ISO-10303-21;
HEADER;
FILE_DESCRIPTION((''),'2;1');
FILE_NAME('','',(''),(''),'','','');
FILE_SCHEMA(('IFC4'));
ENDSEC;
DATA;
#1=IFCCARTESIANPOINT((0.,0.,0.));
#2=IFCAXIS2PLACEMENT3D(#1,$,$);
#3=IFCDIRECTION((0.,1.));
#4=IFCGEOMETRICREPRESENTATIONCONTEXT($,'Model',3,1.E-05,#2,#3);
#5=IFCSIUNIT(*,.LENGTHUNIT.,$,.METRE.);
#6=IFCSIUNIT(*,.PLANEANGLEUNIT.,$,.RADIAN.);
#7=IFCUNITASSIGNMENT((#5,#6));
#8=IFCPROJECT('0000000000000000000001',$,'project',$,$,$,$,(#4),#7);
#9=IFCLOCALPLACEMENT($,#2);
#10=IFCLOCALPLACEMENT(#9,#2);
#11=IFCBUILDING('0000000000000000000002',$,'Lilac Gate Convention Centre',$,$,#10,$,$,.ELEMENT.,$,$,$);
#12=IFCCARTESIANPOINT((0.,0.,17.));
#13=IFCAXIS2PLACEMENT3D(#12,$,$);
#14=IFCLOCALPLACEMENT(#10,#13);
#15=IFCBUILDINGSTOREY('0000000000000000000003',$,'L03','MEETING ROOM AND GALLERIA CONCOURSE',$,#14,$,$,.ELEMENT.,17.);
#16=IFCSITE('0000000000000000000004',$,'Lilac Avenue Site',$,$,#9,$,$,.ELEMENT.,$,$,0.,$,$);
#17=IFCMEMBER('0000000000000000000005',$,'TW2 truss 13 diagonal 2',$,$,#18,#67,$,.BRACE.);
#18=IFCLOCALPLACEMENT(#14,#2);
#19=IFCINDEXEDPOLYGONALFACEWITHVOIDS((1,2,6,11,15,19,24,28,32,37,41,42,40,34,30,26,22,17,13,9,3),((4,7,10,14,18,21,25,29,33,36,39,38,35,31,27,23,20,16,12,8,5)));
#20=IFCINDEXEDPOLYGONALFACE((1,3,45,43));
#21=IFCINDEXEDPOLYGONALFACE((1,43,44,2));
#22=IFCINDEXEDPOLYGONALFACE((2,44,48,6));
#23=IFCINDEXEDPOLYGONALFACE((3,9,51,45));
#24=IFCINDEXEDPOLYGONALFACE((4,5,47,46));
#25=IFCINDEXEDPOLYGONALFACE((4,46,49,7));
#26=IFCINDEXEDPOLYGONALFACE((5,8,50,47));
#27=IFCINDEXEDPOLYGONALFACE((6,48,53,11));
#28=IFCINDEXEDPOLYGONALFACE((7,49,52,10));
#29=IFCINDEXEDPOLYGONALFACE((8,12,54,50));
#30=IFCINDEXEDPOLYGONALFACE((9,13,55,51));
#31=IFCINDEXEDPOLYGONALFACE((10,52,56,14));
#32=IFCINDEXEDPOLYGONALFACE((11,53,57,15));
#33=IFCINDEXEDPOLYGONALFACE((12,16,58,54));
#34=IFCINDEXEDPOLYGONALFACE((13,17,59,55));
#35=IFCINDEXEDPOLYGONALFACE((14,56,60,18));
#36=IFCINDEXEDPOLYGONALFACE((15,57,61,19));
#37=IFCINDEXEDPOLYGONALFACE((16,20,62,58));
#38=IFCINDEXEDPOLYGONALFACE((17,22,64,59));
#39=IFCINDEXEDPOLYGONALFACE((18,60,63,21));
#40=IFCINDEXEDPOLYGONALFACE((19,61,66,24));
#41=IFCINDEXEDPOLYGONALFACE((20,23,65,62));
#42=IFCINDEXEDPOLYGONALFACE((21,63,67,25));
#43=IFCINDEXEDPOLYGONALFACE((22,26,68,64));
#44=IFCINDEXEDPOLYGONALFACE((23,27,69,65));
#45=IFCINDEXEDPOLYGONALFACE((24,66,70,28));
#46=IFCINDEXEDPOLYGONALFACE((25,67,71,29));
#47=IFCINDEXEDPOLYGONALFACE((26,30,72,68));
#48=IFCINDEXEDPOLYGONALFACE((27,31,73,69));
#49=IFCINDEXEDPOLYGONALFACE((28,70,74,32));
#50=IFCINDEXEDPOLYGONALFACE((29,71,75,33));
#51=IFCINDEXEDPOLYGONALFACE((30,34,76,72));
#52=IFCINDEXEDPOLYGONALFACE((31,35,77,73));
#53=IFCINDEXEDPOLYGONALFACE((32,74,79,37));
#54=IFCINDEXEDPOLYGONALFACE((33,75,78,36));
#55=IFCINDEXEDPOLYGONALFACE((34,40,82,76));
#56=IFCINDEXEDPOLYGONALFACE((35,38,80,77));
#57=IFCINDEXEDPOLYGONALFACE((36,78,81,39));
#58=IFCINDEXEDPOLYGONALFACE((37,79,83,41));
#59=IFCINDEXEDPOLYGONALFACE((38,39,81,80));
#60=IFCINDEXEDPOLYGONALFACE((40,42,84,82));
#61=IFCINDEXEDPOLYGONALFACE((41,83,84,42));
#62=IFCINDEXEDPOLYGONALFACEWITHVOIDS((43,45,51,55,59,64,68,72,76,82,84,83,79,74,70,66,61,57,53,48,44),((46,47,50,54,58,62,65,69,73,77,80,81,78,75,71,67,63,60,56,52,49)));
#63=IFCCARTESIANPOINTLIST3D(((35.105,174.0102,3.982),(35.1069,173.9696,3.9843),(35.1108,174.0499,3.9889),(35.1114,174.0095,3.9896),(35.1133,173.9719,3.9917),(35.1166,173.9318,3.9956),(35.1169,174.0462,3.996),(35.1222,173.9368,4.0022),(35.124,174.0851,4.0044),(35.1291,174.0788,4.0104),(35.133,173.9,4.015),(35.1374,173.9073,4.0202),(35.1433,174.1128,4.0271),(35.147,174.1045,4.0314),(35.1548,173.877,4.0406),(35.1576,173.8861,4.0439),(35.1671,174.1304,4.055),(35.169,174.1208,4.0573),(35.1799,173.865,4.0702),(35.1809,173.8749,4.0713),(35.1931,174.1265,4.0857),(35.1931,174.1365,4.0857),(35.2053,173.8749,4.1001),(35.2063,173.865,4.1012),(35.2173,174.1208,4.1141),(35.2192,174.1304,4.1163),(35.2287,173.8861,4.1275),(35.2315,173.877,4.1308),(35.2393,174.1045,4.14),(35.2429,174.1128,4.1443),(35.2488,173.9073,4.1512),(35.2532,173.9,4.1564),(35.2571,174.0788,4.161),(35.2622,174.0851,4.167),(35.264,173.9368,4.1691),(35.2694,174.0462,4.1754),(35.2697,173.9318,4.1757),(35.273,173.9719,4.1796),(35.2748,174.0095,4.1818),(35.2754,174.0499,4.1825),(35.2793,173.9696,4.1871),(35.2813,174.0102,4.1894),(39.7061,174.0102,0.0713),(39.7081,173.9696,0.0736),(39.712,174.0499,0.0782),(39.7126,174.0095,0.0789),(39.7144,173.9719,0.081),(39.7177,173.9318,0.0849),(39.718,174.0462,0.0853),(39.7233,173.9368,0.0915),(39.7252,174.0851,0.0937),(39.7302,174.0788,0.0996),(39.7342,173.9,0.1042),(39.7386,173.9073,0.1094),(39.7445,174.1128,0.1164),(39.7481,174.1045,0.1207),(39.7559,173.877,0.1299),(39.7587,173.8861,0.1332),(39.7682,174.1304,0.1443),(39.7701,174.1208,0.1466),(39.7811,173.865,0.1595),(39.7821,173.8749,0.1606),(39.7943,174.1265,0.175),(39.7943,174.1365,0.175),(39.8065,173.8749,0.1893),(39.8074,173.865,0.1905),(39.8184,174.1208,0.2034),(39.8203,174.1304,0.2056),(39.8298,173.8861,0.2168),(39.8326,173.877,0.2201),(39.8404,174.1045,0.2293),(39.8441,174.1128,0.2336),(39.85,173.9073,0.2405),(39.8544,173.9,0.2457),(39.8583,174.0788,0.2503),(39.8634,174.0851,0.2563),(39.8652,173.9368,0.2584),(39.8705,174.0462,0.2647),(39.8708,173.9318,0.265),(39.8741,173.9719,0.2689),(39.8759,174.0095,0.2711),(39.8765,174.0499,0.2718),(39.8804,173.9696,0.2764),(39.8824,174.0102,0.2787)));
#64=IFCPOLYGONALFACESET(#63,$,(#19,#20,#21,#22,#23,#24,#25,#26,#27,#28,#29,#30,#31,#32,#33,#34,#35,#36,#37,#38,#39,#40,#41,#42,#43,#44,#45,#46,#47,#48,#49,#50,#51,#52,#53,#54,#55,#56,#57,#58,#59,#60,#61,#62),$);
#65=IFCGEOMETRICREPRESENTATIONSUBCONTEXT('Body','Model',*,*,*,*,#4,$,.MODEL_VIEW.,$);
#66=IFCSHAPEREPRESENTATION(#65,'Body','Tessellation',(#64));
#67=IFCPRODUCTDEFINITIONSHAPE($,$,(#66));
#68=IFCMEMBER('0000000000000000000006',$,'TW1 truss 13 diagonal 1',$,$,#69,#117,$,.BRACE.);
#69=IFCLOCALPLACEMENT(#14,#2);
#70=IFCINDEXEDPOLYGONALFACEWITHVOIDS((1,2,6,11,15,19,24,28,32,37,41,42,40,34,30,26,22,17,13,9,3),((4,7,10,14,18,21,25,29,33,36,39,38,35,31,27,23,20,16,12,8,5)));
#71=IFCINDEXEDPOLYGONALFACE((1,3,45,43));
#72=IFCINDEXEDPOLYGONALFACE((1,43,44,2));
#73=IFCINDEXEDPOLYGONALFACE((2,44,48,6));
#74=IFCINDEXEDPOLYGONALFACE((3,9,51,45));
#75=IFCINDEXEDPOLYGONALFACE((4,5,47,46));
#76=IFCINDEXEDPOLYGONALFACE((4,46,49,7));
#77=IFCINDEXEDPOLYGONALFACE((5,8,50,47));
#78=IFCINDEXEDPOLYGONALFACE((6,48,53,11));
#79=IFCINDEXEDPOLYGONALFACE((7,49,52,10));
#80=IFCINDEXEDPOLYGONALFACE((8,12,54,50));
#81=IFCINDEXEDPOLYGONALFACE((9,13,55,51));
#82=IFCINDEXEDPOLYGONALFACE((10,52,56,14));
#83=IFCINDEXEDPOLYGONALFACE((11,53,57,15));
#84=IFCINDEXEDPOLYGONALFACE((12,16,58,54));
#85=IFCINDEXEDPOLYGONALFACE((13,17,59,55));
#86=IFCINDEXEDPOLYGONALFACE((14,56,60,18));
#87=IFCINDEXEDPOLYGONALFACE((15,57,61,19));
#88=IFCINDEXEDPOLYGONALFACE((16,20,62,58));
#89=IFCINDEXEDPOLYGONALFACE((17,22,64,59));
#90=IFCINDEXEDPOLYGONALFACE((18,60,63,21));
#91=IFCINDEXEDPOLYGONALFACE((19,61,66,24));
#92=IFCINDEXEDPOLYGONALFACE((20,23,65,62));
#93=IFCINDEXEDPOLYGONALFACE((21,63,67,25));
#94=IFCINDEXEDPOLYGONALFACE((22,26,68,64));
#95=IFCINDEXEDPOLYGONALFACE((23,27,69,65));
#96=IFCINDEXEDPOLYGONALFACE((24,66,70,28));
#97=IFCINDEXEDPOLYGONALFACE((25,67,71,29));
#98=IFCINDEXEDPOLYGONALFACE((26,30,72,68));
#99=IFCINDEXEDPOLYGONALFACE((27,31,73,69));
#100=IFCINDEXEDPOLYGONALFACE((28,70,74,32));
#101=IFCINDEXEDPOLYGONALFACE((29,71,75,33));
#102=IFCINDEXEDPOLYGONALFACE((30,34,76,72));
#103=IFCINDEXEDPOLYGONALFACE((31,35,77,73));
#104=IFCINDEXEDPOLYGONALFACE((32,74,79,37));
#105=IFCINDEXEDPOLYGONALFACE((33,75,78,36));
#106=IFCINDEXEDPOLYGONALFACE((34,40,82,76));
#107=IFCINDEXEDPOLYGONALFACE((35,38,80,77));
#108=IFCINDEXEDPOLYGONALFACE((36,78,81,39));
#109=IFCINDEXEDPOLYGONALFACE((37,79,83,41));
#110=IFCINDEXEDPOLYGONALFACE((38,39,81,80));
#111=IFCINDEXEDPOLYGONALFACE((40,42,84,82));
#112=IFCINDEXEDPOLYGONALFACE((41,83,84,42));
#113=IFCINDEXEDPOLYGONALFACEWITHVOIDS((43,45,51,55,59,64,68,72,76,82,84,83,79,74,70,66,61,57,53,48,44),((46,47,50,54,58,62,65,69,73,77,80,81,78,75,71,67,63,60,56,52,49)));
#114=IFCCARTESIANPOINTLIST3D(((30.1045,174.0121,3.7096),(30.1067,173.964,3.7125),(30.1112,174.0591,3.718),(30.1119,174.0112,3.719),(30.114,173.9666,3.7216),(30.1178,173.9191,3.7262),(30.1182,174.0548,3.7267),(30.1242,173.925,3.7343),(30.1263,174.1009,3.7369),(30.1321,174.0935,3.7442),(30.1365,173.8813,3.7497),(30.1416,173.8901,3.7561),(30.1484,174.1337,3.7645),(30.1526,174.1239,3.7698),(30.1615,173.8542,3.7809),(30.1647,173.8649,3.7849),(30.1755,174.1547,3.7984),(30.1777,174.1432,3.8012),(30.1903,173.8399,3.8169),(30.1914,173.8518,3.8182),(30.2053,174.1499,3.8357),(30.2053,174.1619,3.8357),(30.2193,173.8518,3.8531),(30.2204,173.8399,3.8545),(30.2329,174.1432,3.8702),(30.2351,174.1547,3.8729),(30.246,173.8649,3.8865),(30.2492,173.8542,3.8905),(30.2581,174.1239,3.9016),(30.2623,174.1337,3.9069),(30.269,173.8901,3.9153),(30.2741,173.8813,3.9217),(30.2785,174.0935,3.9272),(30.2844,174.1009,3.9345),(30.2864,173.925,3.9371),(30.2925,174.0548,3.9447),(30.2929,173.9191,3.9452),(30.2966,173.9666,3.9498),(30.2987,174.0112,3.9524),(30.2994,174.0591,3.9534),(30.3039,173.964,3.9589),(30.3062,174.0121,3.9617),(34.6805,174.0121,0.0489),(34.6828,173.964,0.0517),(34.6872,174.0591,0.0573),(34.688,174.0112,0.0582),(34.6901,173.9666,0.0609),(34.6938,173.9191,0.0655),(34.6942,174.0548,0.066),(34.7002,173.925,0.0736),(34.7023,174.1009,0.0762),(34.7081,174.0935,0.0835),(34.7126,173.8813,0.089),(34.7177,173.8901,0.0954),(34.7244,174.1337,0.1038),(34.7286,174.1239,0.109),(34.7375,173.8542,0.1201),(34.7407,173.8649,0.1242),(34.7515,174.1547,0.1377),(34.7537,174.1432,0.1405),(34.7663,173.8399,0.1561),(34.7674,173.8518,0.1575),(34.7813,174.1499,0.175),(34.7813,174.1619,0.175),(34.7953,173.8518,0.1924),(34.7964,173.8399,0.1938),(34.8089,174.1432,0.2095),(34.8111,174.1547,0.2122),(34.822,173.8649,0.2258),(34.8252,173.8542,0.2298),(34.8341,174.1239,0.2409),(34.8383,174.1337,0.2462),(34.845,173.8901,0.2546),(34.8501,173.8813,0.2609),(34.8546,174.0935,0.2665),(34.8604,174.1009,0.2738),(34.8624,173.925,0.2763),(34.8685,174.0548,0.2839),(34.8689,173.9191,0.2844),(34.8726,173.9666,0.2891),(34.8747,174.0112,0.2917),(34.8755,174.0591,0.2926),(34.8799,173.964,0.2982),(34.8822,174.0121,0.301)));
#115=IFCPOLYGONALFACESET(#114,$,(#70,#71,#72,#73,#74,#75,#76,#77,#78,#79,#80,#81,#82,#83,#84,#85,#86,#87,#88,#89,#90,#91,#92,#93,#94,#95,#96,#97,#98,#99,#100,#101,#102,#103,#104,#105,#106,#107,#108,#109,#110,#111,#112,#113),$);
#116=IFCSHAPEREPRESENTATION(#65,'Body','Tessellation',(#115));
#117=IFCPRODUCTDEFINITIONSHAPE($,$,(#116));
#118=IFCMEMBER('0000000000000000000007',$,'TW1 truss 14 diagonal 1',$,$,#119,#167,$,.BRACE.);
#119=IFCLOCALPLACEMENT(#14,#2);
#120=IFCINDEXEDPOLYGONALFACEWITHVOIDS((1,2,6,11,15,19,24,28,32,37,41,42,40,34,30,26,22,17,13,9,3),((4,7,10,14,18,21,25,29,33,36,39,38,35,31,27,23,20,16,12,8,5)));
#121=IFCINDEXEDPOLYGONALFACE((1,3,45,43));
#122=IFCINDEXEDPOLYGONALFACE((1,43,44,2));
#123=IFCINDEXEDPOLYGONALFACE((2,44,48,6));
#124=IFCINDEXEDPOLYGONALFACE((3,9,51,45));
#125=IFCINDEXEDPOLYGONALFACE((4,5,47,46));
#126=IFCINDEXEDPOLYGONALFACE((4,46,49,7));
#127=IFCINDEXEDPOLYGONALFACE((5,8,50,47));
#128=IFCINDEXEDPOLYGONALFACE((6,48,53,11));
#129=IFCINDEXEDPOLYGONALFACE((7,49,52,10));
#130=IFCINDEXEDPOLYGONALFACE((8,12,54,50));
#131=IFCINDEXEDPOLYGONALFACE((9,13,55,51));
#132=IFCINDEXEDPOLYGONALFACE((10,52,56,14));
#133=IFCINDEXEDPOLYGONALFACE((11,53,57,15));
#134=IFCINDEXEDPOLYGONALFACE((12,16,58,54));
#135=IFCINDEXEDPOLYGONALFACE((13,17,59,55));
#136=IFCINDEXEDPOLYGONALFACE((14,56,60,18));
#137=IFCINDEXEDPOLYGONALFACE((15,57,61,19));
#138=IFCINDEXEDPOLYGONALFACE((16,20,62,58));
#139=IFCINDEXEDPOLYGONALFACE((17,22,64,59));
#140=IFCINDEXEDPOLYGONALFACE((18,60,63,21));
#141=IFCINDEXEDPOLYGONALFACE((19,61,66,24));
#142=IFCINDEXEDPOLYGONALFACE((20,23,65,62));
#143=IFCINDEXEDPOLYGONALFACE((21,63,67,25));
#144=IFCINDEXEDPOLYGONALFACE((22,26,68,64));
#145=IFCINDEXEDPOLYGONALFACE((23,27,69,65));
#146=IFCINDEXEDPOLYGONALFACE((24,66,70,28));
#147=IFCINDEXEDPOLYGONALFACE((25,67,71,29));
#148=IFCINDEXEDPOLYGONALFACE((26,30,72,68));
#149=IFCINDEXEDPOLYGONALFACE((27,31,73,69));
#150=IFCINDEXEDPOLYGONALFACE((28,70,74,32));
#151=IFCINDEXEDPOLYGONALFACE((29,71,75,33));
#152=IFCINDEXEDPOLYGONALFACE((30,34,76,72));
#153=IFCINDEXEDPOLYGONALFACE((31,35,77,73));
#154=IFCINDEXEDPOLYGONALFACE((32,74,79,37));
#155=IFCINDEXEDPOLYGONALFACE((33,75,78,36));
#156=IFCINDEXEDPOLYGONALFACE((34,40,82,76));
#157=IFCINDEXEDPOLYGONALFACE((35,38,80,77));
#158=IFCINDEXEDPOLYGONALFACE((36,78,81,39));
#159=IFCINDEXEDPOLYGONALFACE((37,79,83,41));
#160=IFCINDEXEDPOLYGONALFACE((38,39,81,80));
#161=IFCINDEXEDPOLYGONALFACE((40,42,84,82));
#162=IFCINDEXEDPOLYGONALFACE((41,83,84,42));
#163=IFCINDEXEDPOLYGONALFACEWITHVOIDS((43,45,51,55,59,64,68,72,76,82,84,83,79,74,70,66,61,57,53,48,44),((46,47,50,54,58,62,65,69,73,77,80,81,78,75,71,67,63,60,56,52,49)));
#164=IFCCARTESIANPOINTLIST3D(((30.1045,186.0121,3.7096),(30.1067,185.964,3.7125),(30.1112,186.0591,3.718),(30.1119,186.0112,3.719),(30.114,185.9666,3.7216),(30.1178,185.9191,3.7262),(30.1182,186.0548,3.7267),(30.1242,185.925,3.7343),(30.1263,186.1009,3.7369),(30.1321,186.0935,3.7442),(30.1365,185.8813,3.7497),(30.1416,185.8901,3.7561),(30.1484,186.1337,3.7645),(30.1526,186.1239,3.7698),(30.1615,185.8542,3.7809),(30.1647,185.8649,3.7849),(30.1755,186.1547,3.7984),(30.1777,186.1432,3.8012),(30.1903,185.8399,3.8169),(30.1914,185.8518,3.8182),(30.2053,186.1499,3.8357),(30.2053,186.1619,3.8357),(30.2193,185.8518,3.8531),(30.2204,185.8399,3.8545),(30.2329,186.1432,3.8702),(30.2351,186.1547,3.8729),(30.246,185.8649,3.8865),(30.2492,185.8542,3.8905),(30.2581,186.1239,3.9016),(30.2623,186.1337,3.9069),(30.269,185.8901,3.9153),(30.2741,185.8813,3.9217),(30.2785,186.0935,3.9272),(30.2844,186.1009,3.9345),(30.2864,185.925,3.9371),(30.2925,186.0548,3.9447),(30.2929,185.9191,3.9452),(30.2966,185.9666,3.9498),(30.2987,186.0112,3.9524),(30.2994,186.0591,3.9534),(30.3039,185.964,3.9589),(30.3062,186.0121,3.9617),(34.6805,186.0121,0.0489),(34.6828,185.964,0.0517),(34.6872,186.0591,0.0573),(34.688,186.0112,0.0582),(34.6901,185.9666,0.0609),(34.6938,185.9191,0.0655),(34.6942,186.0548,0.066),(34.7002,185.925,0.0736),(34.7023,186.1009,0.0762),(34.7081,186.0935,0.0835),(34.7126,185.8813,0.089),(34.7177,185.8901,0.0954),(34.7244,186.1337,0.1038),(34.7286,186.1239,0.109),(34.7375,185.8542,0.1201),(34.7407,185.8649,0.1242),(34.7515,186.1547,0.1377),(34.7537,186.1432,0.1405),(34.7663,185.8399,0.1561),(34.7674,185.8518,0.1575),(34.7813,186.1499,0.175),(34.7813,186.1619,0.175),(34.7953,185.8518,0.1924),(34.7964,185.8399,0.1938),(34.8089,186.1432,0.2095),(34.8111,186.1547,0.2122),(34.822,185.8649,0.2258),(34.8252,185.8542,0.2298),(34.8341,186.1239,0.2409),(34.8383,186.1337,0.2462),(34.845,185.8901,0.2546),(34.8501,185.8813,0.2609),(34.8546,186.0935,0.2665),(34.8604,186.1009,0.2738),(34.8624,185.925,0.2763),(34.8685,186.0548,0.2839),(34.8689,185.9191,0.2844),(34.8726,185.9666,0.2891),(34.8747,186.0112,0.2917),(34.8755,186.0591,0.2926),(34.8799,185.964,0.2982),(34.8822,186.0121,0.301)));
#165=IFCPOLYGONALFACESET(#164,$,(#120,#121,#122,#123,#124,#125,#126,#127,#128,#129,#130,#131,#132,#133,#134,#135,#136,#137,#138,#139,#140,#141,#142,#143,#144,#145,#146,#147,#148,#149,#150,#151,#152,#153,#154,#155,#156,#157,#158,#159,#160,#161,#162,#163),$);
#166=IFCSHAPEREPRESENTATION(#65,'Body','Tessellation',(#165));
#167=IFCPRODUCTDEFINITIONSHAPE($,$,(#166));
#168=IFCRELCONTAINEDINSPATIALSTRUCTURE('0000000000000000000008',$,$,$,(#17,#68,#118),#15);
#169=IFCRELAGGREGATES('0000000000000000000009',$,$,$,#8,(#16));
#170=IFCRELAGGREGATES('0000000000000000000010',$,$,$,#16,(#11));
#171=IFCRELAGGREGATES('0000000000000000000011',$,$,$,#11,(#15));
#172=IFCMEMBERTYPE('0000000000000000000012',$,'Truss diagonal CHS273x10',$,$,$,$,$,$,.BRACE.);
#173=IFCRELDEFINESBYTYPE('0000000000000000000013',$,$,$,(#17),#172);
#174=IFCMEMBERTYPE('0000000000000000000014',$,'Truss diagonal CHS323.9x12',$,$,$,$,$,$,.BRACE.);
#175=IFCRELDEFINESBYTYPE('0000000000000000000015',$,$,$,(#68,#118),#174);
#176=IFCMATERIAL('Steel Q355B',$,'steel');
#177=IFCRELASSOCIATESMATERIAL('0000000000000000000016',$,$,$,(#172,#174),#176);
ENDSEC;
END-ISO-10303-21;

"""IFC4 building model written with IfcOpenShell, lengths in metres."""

from ifc_helpers import new_model, si_unit, direction, frame, origin, origin_2d, place, context, subcontext, project, spatial, hollow_circle, extrude, material, material_profile, profile_set, type_object, element, save


model = new_model("IFC4")

# Units and contexts
model_context = context("Model", 3, precision=1e-05, world=origin(), true_north=direction((0.0, 1.0)))
body_context = subcontext(model_context, "Body", "Model", "MODEL_VIEW")
ifc_project = project(units=[si_unit("LENGTHUNIT", "METRE"), si_unit("PLANEANGLEUNIT", "RADIAN")], contexts=[model_context])

# Site, building, storey
site_placement = place(None, origin())
site = spatial("IfcSite", under=ifc_project, at=site_placement, Name="Lilac Avenue Site", CompositionType="ELEMENT", RefElevation=0.0)
building_placement = place(site_placement, origin())
building = spatial("IfcBuilding", under=site, at=building_placement, Name="Lilac Gate Convention Centre", CompositionType="ELEMENT")
storey_placement = place(building_placement, frame((0.0, 0.0, 17.0)))
storey = spatial("IfcBuildingStorey", under=building, at=storey_placement, Name="L03", Description="MEETING ROOM AND GALLERIA CONCOURSE", CompositionType="ELEMENT", Elevation=17.0)

# Members
ifc_material = material(Name="Steel Q355B", Category="steel")
ifc_material_profile_1 = material_profile(ifc_material, hollow_circle(Radius=0.1365, WallThickness=0.01, at=origin_2d()), Name="CHS273x10")
ifc_profile_set_1 = profile_set([ifc_material_profile_1], Name="Steel Q355B")
member_type_1 = type_object("IfcMemberType", Name="Truss diagonal CHS273x10", PredefinedType="BRACE", material=ifc_profile_set_1)
member_1_placement = place(storey_placement, frame((35.1931, 174.0, 4.0857), z_axis=(0.761961, 0.0, -0.647623), x_axis=(0.0, 1.0, 0.0)))
element("IfcMember", 1, at=member_1_placement, inside=storey, type_object=member_type_1, Name="TW2 truss 13 diagonal 2", PredefinedType="BRACE", context=body_context, shape_type="SweptSolid", body=[
    extrude(hollow_circle(Radius=0.1365, WallThickness=0.01, at=origin_2d()), origin(), (0.0, 0.0, 1.0), 6.0386),
])
ifc_material_profile_2 = material_profile(ifc_material, hollow_circle(Radius=0.1619, WallThickness=0.012, at=origin_2d()), Name="CHS323.9x12")
ifc_profile_set_2 = profile_set([ifc_material_profile_2], Name="Steel Q355B")
member_type_2 = type_object("IfcMemberType", Name="Truss diagonal CHS323.9x12", PredefinedType="BRACE", material=ifc_profile_set_2)
for number, where, z_axis, x_axis, name in (
    (2, (30.2053, 174.0, 3.8357), (0.780877, 0.0, -0.624685), (0.0, 1.0, 0.0), "TW1 truss 13 diagonal 1"),
    (3, (30.2053, 186.0, 3.8357), (0.780877, 0.0, -0.624685), (0.0, 1.0, 0.0), "TW1 truss 14 diagonal 1"),
):
    element("IfcMember", number, at=place(storey_placement, frame(where, z_axis=z_axis, x_axis=x_axis)), inside=storey, type_object=member_type_2, Name=name, PredefinedType="BRACE", context=body_context, shape_type="SweptSolid", body=[
        extrude(hollow_circle(Radius=0.1619, WallThickness=0.012, at=origin_2d()), origin(), (0.0, 0.0, 1.0), 5.8601),
    ])

save(model, "model.ifc")
